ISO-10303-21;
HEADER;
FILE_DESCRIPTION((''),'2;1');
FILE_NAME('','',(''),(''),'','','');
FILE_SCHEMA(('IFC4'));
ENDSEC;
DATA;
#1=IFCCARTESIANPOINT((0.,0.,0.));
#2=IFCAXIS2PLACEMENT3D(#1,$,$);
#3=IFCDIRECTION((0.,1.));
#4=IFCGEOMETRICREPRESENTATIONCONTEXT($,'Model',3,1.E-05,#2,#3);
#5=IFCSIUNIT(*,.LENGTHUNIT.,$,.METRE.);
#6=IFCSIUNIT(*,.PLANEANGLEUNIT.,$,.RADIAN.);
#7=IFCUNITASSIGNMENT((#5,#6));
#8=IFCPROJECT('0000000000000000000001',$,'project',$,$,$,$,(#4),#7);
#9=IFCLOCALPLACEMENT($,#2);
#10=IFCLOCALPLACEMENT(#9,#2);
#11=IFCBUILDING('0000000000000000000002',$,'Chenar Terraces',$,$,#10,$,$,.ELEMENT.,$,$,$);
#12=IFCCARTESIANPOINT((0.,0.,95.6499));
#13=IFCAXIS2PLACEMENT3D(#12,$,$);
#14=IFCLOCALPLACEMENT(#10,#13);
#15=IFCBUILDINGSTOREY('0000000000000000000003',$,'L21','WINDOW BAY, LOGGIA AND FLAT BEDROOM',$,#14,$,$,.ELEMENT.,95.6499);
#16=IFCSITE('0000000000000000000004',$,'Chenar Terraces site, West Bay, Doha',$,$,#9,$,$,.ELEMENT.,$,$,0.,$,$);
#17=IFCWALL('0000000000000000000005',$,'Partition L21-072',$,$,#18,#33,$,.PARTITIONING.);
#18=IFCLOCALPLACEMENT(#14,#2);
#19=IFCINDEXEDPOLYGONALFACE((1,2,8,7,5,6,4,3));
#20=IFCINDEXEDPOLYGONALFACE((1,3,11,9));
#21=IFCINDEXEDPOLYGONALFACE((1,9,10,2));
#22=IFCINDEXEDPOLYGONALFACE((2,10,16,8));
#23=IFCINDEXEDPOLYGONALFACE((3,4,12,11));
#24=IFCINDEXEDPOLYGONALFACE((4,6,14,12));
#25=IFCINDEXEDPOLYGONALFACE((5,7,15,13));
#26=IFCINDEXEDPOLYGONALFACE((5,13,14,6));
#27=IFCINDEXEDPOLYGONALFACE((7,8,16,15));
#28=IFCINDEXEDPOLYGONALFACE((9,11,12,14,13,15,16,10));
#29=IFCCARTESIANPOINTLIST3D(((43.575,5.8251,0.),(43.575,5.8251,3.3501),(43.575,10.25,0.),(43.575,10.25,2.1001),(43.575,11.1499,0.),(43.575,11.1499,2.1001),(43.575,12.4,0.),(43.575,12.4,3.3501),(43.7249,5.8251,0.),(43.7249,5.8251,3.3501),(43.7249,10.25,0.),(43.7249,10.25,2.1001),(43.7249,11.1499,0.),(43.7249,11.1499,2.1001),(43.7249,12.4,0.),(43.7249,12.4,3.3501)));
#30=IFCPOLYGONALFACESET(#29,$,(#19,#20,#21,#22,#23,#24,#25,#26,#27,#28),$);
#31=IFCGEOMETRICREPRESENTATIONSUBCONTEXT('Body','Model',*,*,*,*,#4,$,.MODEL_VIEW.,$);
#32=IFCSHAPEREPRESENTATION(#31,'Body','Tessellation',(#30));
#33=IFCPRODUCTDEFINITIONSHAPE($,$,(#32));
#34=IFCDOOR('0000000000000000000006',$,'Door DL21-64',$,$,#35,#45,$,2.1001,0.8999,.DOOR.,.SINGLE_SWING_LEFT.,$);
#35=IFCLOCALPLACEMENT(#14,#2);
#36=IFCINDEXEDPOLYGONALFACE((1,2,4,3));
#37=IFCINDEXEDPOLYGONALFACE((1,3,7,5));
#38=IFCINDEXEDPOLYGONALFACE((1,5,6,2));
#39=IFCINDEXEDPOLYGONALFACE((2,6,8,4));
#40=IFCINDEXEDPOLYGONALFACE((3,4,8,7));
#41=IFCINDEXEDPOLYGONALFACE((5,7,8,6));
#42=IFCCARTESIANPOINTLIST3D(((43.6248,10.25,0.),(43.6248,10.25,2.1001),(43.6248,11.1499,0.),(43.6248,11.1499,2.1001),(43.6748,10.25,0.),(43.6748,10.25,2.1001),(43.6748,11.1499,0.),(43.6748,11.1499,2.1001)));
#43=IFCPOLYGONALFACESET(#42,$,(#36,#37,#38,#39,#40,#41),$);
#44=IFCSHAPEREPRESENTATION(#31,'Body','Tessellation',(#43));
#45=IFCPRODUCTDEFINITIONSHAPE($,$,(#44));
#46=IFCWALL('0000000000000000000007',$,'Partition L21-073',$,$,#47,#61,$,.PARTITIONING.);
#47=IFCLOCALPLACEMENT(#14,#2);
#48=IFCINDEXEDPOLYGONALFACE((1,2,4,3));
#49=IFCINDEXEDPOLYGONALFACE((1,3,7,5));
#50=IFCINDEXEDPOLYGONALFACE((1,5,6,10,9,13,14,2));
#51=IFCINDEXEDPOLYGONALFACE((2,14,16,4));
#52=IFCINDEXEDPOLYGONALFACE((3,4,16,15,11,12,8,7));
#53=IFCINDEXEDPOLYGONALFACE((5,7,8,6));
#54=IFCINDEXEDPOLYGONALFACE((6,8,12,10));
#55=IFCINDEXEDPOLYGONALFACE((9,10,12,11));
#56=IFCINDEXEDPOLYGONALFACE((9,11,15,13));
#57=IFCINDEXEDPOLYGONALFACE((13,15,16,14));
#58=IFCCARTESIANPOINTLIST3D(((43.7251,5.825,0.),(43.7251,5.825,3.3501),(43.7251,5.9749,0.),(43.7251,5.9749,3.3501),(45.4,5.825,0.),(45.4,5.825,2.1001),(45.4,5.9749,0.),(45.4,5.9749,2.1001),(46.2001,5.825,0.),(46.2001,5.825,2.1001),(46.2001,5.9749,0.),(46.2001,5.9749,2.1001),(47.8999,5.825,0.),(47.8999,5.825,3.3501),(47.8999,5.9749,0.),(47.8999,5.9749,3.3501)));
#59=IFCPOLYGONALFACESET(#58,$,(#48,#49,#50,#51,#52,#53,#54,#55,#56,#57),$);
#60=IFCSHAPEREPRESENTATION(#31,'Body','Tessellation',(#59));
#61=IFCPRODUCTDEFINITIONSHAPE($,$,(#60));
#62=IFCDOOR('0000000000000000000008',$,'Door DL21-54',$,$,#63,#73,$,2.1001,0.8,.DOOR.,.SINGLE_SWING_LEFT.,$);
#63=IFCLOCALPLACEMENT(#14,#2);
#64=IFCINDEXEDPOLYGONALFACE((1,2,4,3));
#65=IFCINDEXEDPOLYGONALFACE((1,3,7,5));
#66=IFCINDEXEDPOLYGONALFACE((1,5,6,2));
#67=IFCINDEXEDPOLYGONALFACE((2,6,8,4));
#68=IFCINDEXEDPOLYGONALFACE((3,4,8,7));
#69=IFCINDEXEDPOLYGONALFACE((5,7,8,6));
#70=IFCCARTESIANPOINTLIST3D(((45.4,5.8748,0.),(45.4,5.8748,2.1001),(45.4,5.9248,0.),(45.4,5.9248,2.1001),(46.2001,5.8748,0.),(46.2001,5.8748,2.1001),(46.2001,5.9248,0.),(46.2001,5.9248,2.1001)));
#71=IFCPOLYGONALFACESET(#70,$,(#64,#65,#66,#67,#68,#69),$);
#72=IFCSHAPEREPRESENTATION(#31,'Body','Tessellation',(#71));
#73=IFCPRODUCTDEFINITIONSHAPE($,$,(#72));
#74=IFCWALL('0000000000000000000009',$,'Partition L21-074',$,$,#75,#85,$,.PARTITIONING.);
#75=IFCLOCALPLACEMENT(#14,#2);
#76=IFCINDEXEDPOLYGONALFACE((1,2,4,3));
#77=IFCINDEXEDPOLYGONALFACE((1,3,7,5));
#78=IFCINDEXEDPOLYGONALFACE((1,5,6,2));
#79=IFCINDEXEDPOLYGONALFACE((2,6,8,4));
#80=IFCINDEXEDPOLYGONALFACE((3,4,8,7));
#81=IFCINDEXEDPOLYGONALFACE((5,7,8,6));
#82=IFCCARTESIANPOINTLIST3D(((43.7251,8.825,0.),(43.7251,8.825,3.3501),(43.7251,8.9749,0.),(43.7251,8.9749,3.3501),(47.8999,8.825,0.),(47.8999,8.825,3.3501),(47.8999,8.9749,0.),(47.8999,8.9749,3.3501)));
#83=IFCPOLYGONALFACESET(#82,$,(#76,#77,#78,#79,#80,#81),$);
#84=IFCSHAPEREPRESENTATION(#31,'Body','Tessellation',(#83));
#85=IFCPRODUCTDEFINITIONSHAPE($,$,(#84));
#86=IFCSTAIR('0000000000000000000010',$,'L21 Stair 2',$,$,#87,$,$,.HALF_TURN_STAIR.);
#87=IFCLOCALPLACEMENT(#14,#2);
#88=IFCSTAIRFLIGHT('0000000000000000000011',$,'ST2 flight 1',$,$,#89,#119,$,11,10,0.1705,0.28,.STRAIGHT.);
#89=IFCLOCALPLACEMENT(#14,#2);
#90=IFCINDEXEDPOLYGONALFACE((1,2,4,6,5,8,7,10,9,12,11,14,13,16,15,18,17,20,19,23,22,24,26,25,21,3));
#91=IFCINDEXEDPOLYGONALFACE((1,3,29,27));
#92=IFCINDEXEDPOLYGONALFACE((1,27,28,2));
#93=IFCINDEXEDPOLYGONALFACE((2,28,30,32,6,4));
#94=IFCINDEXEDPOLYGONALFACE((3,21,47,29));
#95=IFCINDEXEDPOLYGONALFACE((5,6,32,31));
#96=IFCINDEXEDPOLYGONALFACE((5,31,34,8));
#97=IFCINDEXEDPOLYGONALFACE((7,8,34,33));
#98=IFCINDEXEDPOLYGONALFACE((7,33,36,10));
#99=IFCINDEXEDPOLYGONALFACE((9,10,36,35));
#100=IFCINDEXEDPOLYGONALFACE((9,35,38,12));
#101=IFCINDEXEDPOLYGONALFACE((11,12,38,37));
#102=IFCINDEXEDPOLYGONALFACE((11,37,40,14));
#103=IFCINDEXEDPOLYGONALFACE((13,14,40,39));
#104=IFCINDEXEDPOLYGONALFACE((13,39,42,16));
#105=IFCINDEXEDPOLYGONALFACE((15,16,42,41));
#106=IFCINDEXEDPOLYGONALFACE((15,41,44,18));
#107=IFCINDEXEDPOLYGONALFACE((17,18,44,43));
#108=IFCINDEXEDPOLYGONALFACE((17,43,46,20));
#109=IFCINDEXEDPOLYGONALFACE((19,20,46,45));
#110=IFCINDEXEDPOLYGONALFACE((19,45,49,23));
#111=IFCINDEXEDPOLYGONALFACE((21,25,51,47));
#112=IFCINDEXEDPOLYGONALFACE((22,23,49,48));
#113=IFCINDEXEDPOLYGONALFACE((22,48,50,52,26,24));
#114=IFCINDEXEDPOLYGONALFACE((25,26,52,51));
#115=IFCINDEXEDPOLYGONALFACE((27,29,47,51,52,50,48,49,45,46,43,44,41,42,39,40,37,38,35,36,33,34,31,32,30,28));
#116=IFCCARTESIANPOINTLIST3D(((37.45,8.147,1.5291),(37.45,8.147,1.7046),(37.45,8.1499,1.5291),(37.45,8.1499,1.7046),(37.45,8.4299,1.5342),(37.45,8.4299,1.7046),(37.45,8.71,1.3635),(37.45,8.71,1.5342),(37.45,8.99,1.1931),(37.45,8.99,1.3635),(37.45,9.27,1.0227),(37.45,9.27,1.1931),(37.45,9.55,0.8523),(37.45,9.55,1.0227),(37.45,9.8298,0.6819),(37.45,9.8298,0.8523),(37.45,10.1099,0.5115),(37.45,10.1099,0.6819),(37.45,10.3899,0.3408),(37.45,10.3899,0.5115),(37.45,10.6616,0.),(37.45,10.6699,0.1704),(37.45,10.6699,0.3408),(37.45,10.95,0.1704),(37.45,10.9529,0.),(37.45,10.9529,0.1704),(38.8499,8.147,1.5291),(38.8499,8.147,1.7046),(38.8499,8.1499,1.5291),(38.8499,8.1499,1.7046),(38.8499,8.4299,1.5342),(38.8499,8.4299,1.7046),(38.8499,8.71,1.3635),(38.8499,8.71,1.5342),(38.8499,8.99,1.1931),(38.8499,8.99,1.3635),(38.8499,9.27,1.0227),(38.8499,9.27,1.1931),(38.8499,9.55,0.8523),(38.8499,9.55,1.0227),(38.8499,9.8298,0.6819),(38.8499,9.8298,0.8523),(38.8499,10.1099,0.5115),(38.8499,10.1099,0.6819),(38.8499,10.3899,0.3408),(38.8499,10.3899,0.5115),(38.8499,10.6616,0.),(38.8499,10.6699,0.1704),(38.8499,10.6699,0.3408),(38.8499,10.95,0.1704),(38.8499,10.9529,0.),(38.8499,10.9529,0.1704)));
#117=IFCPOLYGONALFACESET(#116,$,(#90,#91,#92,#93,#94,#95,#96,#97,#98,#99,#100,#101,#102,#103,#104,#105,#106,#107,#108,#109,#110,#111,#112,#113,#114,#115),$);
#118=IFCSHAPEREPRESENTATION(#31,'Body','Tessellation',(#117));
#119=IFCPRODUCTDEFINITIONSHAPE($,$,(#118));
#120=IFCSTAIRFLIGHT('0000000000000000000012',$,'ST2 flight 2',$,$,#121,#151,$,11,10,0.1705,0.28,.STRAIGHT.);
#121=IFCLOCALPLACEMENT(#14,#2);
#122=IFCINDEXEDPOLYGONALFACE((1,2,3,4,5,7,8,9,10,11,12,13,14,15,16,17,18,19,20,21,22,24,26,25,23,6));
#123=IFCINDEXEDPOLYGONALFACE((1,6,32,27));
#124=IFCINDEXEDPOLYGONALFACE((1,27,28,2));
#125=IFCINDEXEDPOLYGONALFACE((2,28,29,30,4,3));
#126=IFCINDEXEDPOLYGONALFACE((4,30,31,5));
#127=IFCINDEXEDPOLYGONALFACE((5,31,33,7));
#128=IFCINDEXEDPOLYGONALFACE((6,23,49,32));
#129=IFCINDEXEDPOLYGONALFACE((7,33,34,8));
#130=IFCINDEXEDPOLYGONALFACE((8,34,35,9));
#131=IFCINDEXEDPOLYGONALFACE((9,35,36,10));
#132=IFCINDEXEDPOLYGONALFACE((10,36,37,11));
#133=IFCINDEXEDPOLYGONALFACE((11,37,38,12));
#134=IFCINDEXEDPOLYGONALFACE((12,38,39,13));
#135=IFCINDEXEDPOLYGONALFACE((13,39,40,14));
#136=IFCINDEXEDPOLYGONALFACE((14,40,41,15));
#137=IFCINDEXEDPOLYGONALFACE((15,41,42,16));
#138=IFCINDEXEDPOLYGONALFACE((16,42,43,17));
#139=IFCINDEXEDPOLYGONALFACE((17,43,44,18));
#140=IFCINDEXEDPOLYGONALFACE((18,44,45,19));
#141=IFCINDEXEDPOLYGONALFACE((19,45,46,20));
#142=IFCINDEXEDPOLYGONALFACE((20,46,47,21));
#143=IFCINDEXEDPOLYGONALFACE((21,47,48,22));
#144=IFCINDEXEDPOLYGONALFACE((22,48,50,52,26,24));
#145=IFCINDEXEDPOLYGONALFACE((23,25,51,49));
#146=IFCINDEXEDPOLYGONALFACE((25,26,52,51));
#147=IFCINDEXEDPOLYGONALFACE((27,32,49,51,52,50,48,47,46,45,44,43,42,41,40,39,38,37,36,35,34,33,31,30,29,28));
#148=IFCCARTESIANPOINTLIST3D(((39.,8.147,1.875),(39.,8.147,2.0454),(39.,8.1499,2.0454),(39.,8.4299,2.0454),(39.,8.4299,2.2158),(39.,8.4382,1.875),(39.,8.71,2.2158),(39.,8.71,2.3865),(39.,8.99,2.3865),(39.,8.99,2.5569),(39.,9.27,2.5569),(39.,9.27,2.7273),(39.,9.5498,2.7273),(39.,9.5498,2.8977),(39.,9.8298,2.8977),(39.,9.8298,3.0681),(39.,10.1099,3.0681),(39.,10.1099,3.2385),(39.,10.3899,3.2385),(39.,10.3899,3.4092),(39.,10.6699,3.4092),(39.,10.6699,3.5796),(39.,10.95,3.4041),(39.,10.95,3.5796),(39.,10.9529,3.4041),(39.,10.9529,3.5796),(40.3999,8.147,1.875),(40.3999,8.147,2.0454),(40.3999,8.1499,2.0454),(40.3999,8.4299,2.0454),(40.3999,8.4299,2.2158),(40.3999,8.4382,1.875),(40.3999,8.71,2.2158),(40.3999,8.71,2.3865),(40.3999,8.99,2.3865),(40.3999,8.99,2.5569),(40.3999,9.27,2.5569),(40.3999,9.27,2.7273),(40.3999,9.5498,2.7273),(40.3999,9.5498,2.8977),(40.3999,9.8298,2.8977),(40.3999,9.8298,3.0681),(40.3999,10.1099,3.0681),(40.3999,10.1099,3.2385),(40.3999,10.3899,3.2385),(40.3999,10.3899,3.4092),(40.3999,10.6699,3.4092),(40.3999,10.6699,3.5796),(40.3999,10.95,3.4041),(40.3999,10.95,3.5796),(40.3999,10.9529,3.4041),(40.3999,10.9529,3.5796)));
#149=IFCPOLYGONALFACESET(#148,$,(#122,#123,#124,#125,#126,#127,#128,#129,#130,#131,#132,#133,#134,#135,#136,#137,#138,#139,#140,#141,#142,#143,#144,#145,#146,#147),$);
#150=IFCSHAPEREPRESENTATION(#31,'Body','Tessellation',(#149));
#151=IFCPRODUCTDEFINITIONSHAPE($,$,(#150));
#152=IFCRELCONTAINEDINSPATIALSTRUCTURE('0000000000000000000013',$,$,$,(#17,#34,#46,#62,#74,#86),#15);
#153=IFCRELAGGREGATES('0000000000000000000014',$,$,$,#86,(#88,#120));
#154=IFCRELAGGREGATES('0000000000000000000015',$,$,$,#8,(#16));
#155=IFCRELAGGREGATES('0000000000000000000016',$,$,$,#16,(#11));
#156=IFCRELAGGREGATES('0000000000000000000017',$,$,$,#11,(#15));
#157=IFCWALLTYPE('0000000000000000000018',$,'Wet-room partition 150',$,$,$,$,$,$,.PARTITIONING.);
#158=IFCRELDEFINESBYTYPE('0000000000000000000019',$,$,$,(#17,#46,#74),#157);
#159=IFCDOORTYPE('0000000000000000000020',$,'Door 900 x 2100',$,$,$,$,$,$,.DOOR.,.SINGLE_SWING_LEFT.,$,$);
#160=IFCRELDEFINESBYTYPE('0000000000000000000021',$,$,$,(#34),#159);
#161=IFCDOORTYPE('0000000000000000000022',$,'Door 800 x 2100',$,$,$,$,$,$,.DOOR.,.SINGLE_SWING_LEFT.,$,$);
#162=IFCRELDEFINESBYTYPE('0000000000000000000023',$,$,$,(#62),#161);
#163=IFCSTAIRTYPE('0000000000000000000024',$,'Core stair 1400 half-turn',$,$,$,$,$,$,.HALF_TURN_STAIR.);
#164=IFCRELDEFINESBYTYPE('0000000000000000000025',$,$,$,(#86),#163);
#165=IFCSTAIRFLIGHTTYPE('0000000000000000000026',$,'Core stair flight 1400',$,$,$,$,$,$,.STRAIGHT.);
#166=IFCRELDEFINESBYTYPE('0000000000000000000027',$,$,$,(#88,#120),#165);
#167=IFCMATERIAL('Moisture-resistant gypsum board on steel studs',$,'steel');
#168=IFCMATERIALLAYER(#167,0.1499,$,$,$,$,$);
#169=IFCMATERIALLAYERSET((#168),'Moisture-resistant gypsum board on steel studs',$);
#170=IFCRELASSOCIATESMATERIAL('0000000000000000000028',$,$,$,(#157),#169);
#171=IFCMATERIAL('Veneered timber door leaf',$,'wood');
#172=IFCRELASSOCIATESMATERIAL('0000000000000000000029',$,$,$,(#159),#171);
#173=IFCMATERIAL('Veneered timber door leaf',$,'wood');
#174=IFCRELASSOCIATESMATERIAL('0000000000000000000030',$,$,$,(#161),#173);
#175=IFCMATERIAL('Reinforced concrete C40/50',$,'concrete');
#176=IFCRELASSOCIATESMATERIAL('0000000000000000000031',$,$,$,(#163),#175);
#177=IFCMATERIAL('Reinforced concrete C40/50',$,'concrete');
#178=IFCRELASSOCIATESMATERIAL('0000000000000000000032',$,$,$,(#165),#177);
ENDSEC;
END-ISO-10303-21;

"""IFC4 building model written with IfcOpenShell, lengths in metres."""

from ifc_helpers import new_model, si_unit, direction, frame, frame_2d, origin, place, context, subcontext, project, spatial, polyline, rectangle, outline, extrude, material, layer, layer_set, type_object, element, fill, aggregate, save


model = new_model("IFC4")

# Units and contexts
model_context = context("Model", 3, precision=1e-05, world=origin(), true_north=direction((0.0, 1.0)))
body_context = subcontext(model_context, "Body", "Model", "MODEL_VIEW")
ifc_project = project(units=[si_unit("LENGTHUNIT", "METRE"), si_unit("PLANEANGLEUNIT", "RADIAN")], contexts=[model_context])

# Site, building, storey
site_placement = place(None, origin())
site = spatial("IfcSite", under=ifc_project, at=site_placement, Name="Chenar Terraces site, West Bay, Doha", CompositionType="ELEMENT", RefElevation=0.0)
building_placement = place(site_placement, origin())
building = spatial("IfcBuilding", under=site, at=building_placement, Name="Chenar Terraces", CompositionType="ELEMENT")
storey_placement = place(building_placement, frame((0.0, 0.0, 95.6499)))
storey = spatial("IfcBuildingStorey", under=building, at=storey_placement, Name="L21", Description="WINDOW BAY, LOGGIA AND FLAT BEDROOM", CompositionType="ELEMENT", Elevation=95.6499)

# Walls, openings, doors
ifc_material_1 = material(Name="Moisture-resistant gypsum board on steel studs", Category="steel")
ifc_layer_1 = layer(ifc_material_1, 0.1499)
ifc_layer_set_1 = layer_set([ifc_layer_1], Name="Moisture-resistant gypsum board on steel studs")
wall_type_1 = type_object("IfcWallType", Name="Wet-room partition 150", PredefinedType="PARTITIONING", material=ifc_layer_set_1)
wall_1_placement = place(storey_placement, frame((43.6499, 5.825, 0.0), z_axis=(0.0, 0.0, 1.0), x_axis=(0.0, 1.0, 0.0)))
wall_1 = element("IfcWall", 1, at=wall_1_placement, inside=storey, type_object=wall_type_1, Name="Partition L21-072", PredefinedType="PARTITIONING", context=body_context, shape_type="SweptSolid", body=[
    extrude(rectangle(XDim=6.575, YDim=0.1499, at=frame_2d((3.2876, 0.0))), origin(), (0.0, 0.0, 1.0), 3.3501),
])
opening_1_placement = place(wall_1_placement, frame((4.425, 0.0, 0.0)))
opening_1 = element("IfcOpeningElement", 2, at=opening_1_placement, cuts=wall_1, PredefinedType="OPENING", context=body_context, shape_type="SweptSolid", body=[
    extrude(rectangle(XDim=0.8999, YDim=2.1001, at=frame_2d((0.45, 1.05))), frame((0.0, 0.085, 0.0), z_axis=(0.0, -1.0, 0.0), x_axis=(1.0, 0.0, 0.0)), (0.0, 0.0, 1.0), 0.1699),
])
ifc_material_2 = material(Name="Veneered timber door leaf", Category="wood")
door_type_1 = type_object("IfcDoorType", Name="Door 900 x 2100", OperationType="SINGLE_SWING_LEFT", PredefinedType="DOOR", material=ifc_material_2)
door_1_placement = place(opening_1_placement, frame((0.8999, 0.0, 0.0), z_axis=(0.0, 0.0, 1.0), x_axis=(-1.0, 0.0, 0.0)))
door_1 = element("IfcDoor", 3, at=door_1_placement, inside=storey, type_object=door_type_1, Name="Door DL21-64", OperationType="SINGLE_SWING_LEFT", OverallHeight=2.1001, OverallWidth=0.8999, PredefinedType="DOOR", context=body_context, shape_type="SweptSolid", body=[
    extrude(rectangle(XDim=0.8999, YDim=2.1001, at=frame_2d((0.45, 1.05))), frame((0.0, 0.0249, 0.0), z_axis=(0.0, -1.0, 0.0), x_axis=(1.0, 0.0, 0.0)), (0.0, 0.0, 1.0), 0.05),
])
fill(opening_1, door_1)
wall_2_placement = place(storey_placement, frame((43.7251, 5.8999, 0.0), z_axis=(0.0, 0.0, 1.0), x_axis=(1.0, 0.0, 0.0)))
wall_2 = element("IfcWall", 4, at=wall_2_placement, inside=storey, type_object=wall_type_1, Name="Partition L21-073", PredefinedType="PARTITIONING", context=body_context, shape_type="SweptSolid", body=[
    extrude(rectangle(XDim=4.1748, YDim=0.1499, at=frame_2d((2.0874, 0.0))), origin(), (0.0, 0.0, 1.0), 3.3501),
])
opening_2_placement = place(wall_2_placement, frame((1.675, 0.0, 0.0)))
opening_2 = element("IfcOpeningElement", 5, at=opening_2_placement, cuts=wall_2, PredefinedType="OPENING", context=body_context, shape_type="SweptSolid", body=[
    extrude(rectangle(XDim=0.8, YDim=2.1001, at=frame_2d((0.3999, 1.05))), frame((0.0, 0.085, 0.0), z_axis=(0.0, -1.0, 0.0), x_axis=(1.0, 0.0, 0.0)), (0.0, 0.0, 1.0), 0.1699),
])
ifc_material_3 = material(Name="Veneered timber door leaf", Category="wood")
door_type_2 = type_object("IfcDoorType", Name="Door 800 x 2100", OperationType="SINGLE_SWING_LEFT", PredefinedType="DOOR", material=ifc_material_3)
door_2_placement = place(opening_2_placement, origin())
door_2 = element("IfcDoor", 6, at=door_2_placement, inside=storey, type_object=door_type_2, Name="Door DL21-54", OperationType="SINGLE_SWING_LEFT", OverallHeight=2.1001, OverallWidth=0.8, PredefinedType="DOOR", context=body_context, shape_type="SweptSolid", body=[
    extrude(rectangle(XDim=0.8, YDim=2.1001, at=frame_2d((0.3999, 1.05))), frame((0.0, 0.0249, 0.0), z_axis=(0.0, -1.0, 0.0), x_axis=(1.0, 0.0, 0.0)), (0.0, 0.0, 1.0), 0.05),
])
fill(opening_2, door_2)

# Wall
wall_3_placement = place(storey_placement, frame((43.7251, 8.8999, 0.0), z_axis=(0.0, 0.0, 1.0), x_axis=(1.0, 0.0, 0.0)))
element("IfcWall", 7, at=wall_3_placement, inside=storey, type_object=wall_type_1, Name="Partition L21-074", PredefinedType="PARTITIONING", context=body_context, shape_type="SweptSolid", body=[
    extrude(rectangle(XDim=4.1748, YDim=0.1499, at=frame_2d((2.0874, 0.0))), origin(), (0.0, 0.0, 1.0), 3.3501),
])

# Stair, stair flights
ifc_material_4 = material(Name="Reinforced concrete C40/50", Category="concrete")
stair_type = type_object("IfcStairType", Name="Core stair 1400 half-turn", PredefinedType="HALF_TURN_STAIR", material=ifc_material_4)
stair_placement = place(storey_placement, origin())
stair = element("IfcStair", 8, at=stair_placement, inside=storey, type_object=stair_type, Name="L21 Stair 2", PredefinedType="HALF_TURN_STAIR")
ifc_material_5 = material(Name="Reinforced concrete C40/50", Category="concrete")
stair_flight_type = type_object("IfcStairFlightType", Name="Core stair flight 1400", PredefinedType="STRAIGHT", material=ifc_material_5)
stair_flight_1_placement = place(storey_placement, frame((38.1499, 10.95, 0.0), z_axis=(0.0, 0.0, 1.0), x_axis=(0.0, -1.0, 0.0)))
stair_flight_1 = element("IfcStairFlight", 9, at=stair_flight_1_placement, type_object=stair_flight_type, Name="ST2 flight 1", NumberOfRisers=11, NumberOfTreads=10, PredefinedType="STRAIGHT", RiserHeight=0.1705, TreadLength=0.28, context=body_context, shape_type="SweptSolid", body=[
    extrude(outline(polyline([(-0.0029, 0.0), (-0.0029, 0.1704), (0.0, 0.1704), (0.28, 0.1704), (0.28, 0.3408), (0.5601, 0.3408), (0.5601, 0.5115), (0.8401, 0.5115), (0.8401, 0.6819), (1.1201, 0.6819), (1.1201, 0.8523), (1.3999, 0.8523), (1.3999, 1.0227), (1.6799, 1.0227), (1.6799, 1.1931), (1.96, 1.1931), (1.96, 1.3635), (2.24, 1.3635), (2.24, 1.5342), (2.52, 1.5342), (2.52, 1.7046), (2.8, 1.7046), (2.803, 1.7046), (2.803, 1.5291), (2.8, 1.5291), (0.2883, 0.0), (-0.0029, 0.0)])), frame((0.0, 0.7, 0.0), z_axis=(0.0, -1.0, 0.0), x_axis=(1.0, 0.0, 0.0)), (0.0, 0.0, 1.0), 1.3999),
])
stair_flight_2_placement = place(storey_placement, frame((39.7, 8.1499, 1.875), z_axis=(0.0, 0.0, 1.0), x_axis=(0.0, 1.0, 0.0)))
stair_flight_2 = element("IfcStairFlight", 10, at=stair_flight_2_placement, type_object=stair_flight_type, Name="ST2 flight 2", NumberOfRisers=11, NumberOfTreads=10, PredefinedType="STRAIGHT", RiserHeight=0.1705, TreadLength=0.28, context=body_context, shape_type="SweptSolid", body=[
    extrude(outline(polyline([(-0.0029, 0.0), (-0.0029, 0.1704), (0.0, 0.1704), (0.28, 0.1704), (0.28, 0.3408), (0.5601, 0.3408), (0.5601, 0.5115), (0.8401, 0.5115), (0.8401, 0.6819), (1.1201, 0.6819), (1.1201, 0.8523), (1.3999, 0.8523), (1.3999, 1.0227), (1.6799, 1.0227), (1.6799, 1.1931), (1.96, 1.1931), (1.96, 1.3635), (2.24, 1.3635), (2.24, 1.5342), (2.52, 1.5342), (2.52, 1.7046), (2.8, 1.7046), (2.803, 1.7046), (2.803, 1.5291), (2.8, 1.5291), (0.2883, 0.0), (-0.0029, 0.0)])), frame((0.0, 0.7, 0.0), z_axis=(0.0, -1.0, 0.0), x_axis=(1.0, 0.0, 0.0)), (0.0, 0.0, 1.0), 1.3999),
])
aggregate(stair, [stair_flight_1, stair_flight_2])

save(model, "model.ifc")
